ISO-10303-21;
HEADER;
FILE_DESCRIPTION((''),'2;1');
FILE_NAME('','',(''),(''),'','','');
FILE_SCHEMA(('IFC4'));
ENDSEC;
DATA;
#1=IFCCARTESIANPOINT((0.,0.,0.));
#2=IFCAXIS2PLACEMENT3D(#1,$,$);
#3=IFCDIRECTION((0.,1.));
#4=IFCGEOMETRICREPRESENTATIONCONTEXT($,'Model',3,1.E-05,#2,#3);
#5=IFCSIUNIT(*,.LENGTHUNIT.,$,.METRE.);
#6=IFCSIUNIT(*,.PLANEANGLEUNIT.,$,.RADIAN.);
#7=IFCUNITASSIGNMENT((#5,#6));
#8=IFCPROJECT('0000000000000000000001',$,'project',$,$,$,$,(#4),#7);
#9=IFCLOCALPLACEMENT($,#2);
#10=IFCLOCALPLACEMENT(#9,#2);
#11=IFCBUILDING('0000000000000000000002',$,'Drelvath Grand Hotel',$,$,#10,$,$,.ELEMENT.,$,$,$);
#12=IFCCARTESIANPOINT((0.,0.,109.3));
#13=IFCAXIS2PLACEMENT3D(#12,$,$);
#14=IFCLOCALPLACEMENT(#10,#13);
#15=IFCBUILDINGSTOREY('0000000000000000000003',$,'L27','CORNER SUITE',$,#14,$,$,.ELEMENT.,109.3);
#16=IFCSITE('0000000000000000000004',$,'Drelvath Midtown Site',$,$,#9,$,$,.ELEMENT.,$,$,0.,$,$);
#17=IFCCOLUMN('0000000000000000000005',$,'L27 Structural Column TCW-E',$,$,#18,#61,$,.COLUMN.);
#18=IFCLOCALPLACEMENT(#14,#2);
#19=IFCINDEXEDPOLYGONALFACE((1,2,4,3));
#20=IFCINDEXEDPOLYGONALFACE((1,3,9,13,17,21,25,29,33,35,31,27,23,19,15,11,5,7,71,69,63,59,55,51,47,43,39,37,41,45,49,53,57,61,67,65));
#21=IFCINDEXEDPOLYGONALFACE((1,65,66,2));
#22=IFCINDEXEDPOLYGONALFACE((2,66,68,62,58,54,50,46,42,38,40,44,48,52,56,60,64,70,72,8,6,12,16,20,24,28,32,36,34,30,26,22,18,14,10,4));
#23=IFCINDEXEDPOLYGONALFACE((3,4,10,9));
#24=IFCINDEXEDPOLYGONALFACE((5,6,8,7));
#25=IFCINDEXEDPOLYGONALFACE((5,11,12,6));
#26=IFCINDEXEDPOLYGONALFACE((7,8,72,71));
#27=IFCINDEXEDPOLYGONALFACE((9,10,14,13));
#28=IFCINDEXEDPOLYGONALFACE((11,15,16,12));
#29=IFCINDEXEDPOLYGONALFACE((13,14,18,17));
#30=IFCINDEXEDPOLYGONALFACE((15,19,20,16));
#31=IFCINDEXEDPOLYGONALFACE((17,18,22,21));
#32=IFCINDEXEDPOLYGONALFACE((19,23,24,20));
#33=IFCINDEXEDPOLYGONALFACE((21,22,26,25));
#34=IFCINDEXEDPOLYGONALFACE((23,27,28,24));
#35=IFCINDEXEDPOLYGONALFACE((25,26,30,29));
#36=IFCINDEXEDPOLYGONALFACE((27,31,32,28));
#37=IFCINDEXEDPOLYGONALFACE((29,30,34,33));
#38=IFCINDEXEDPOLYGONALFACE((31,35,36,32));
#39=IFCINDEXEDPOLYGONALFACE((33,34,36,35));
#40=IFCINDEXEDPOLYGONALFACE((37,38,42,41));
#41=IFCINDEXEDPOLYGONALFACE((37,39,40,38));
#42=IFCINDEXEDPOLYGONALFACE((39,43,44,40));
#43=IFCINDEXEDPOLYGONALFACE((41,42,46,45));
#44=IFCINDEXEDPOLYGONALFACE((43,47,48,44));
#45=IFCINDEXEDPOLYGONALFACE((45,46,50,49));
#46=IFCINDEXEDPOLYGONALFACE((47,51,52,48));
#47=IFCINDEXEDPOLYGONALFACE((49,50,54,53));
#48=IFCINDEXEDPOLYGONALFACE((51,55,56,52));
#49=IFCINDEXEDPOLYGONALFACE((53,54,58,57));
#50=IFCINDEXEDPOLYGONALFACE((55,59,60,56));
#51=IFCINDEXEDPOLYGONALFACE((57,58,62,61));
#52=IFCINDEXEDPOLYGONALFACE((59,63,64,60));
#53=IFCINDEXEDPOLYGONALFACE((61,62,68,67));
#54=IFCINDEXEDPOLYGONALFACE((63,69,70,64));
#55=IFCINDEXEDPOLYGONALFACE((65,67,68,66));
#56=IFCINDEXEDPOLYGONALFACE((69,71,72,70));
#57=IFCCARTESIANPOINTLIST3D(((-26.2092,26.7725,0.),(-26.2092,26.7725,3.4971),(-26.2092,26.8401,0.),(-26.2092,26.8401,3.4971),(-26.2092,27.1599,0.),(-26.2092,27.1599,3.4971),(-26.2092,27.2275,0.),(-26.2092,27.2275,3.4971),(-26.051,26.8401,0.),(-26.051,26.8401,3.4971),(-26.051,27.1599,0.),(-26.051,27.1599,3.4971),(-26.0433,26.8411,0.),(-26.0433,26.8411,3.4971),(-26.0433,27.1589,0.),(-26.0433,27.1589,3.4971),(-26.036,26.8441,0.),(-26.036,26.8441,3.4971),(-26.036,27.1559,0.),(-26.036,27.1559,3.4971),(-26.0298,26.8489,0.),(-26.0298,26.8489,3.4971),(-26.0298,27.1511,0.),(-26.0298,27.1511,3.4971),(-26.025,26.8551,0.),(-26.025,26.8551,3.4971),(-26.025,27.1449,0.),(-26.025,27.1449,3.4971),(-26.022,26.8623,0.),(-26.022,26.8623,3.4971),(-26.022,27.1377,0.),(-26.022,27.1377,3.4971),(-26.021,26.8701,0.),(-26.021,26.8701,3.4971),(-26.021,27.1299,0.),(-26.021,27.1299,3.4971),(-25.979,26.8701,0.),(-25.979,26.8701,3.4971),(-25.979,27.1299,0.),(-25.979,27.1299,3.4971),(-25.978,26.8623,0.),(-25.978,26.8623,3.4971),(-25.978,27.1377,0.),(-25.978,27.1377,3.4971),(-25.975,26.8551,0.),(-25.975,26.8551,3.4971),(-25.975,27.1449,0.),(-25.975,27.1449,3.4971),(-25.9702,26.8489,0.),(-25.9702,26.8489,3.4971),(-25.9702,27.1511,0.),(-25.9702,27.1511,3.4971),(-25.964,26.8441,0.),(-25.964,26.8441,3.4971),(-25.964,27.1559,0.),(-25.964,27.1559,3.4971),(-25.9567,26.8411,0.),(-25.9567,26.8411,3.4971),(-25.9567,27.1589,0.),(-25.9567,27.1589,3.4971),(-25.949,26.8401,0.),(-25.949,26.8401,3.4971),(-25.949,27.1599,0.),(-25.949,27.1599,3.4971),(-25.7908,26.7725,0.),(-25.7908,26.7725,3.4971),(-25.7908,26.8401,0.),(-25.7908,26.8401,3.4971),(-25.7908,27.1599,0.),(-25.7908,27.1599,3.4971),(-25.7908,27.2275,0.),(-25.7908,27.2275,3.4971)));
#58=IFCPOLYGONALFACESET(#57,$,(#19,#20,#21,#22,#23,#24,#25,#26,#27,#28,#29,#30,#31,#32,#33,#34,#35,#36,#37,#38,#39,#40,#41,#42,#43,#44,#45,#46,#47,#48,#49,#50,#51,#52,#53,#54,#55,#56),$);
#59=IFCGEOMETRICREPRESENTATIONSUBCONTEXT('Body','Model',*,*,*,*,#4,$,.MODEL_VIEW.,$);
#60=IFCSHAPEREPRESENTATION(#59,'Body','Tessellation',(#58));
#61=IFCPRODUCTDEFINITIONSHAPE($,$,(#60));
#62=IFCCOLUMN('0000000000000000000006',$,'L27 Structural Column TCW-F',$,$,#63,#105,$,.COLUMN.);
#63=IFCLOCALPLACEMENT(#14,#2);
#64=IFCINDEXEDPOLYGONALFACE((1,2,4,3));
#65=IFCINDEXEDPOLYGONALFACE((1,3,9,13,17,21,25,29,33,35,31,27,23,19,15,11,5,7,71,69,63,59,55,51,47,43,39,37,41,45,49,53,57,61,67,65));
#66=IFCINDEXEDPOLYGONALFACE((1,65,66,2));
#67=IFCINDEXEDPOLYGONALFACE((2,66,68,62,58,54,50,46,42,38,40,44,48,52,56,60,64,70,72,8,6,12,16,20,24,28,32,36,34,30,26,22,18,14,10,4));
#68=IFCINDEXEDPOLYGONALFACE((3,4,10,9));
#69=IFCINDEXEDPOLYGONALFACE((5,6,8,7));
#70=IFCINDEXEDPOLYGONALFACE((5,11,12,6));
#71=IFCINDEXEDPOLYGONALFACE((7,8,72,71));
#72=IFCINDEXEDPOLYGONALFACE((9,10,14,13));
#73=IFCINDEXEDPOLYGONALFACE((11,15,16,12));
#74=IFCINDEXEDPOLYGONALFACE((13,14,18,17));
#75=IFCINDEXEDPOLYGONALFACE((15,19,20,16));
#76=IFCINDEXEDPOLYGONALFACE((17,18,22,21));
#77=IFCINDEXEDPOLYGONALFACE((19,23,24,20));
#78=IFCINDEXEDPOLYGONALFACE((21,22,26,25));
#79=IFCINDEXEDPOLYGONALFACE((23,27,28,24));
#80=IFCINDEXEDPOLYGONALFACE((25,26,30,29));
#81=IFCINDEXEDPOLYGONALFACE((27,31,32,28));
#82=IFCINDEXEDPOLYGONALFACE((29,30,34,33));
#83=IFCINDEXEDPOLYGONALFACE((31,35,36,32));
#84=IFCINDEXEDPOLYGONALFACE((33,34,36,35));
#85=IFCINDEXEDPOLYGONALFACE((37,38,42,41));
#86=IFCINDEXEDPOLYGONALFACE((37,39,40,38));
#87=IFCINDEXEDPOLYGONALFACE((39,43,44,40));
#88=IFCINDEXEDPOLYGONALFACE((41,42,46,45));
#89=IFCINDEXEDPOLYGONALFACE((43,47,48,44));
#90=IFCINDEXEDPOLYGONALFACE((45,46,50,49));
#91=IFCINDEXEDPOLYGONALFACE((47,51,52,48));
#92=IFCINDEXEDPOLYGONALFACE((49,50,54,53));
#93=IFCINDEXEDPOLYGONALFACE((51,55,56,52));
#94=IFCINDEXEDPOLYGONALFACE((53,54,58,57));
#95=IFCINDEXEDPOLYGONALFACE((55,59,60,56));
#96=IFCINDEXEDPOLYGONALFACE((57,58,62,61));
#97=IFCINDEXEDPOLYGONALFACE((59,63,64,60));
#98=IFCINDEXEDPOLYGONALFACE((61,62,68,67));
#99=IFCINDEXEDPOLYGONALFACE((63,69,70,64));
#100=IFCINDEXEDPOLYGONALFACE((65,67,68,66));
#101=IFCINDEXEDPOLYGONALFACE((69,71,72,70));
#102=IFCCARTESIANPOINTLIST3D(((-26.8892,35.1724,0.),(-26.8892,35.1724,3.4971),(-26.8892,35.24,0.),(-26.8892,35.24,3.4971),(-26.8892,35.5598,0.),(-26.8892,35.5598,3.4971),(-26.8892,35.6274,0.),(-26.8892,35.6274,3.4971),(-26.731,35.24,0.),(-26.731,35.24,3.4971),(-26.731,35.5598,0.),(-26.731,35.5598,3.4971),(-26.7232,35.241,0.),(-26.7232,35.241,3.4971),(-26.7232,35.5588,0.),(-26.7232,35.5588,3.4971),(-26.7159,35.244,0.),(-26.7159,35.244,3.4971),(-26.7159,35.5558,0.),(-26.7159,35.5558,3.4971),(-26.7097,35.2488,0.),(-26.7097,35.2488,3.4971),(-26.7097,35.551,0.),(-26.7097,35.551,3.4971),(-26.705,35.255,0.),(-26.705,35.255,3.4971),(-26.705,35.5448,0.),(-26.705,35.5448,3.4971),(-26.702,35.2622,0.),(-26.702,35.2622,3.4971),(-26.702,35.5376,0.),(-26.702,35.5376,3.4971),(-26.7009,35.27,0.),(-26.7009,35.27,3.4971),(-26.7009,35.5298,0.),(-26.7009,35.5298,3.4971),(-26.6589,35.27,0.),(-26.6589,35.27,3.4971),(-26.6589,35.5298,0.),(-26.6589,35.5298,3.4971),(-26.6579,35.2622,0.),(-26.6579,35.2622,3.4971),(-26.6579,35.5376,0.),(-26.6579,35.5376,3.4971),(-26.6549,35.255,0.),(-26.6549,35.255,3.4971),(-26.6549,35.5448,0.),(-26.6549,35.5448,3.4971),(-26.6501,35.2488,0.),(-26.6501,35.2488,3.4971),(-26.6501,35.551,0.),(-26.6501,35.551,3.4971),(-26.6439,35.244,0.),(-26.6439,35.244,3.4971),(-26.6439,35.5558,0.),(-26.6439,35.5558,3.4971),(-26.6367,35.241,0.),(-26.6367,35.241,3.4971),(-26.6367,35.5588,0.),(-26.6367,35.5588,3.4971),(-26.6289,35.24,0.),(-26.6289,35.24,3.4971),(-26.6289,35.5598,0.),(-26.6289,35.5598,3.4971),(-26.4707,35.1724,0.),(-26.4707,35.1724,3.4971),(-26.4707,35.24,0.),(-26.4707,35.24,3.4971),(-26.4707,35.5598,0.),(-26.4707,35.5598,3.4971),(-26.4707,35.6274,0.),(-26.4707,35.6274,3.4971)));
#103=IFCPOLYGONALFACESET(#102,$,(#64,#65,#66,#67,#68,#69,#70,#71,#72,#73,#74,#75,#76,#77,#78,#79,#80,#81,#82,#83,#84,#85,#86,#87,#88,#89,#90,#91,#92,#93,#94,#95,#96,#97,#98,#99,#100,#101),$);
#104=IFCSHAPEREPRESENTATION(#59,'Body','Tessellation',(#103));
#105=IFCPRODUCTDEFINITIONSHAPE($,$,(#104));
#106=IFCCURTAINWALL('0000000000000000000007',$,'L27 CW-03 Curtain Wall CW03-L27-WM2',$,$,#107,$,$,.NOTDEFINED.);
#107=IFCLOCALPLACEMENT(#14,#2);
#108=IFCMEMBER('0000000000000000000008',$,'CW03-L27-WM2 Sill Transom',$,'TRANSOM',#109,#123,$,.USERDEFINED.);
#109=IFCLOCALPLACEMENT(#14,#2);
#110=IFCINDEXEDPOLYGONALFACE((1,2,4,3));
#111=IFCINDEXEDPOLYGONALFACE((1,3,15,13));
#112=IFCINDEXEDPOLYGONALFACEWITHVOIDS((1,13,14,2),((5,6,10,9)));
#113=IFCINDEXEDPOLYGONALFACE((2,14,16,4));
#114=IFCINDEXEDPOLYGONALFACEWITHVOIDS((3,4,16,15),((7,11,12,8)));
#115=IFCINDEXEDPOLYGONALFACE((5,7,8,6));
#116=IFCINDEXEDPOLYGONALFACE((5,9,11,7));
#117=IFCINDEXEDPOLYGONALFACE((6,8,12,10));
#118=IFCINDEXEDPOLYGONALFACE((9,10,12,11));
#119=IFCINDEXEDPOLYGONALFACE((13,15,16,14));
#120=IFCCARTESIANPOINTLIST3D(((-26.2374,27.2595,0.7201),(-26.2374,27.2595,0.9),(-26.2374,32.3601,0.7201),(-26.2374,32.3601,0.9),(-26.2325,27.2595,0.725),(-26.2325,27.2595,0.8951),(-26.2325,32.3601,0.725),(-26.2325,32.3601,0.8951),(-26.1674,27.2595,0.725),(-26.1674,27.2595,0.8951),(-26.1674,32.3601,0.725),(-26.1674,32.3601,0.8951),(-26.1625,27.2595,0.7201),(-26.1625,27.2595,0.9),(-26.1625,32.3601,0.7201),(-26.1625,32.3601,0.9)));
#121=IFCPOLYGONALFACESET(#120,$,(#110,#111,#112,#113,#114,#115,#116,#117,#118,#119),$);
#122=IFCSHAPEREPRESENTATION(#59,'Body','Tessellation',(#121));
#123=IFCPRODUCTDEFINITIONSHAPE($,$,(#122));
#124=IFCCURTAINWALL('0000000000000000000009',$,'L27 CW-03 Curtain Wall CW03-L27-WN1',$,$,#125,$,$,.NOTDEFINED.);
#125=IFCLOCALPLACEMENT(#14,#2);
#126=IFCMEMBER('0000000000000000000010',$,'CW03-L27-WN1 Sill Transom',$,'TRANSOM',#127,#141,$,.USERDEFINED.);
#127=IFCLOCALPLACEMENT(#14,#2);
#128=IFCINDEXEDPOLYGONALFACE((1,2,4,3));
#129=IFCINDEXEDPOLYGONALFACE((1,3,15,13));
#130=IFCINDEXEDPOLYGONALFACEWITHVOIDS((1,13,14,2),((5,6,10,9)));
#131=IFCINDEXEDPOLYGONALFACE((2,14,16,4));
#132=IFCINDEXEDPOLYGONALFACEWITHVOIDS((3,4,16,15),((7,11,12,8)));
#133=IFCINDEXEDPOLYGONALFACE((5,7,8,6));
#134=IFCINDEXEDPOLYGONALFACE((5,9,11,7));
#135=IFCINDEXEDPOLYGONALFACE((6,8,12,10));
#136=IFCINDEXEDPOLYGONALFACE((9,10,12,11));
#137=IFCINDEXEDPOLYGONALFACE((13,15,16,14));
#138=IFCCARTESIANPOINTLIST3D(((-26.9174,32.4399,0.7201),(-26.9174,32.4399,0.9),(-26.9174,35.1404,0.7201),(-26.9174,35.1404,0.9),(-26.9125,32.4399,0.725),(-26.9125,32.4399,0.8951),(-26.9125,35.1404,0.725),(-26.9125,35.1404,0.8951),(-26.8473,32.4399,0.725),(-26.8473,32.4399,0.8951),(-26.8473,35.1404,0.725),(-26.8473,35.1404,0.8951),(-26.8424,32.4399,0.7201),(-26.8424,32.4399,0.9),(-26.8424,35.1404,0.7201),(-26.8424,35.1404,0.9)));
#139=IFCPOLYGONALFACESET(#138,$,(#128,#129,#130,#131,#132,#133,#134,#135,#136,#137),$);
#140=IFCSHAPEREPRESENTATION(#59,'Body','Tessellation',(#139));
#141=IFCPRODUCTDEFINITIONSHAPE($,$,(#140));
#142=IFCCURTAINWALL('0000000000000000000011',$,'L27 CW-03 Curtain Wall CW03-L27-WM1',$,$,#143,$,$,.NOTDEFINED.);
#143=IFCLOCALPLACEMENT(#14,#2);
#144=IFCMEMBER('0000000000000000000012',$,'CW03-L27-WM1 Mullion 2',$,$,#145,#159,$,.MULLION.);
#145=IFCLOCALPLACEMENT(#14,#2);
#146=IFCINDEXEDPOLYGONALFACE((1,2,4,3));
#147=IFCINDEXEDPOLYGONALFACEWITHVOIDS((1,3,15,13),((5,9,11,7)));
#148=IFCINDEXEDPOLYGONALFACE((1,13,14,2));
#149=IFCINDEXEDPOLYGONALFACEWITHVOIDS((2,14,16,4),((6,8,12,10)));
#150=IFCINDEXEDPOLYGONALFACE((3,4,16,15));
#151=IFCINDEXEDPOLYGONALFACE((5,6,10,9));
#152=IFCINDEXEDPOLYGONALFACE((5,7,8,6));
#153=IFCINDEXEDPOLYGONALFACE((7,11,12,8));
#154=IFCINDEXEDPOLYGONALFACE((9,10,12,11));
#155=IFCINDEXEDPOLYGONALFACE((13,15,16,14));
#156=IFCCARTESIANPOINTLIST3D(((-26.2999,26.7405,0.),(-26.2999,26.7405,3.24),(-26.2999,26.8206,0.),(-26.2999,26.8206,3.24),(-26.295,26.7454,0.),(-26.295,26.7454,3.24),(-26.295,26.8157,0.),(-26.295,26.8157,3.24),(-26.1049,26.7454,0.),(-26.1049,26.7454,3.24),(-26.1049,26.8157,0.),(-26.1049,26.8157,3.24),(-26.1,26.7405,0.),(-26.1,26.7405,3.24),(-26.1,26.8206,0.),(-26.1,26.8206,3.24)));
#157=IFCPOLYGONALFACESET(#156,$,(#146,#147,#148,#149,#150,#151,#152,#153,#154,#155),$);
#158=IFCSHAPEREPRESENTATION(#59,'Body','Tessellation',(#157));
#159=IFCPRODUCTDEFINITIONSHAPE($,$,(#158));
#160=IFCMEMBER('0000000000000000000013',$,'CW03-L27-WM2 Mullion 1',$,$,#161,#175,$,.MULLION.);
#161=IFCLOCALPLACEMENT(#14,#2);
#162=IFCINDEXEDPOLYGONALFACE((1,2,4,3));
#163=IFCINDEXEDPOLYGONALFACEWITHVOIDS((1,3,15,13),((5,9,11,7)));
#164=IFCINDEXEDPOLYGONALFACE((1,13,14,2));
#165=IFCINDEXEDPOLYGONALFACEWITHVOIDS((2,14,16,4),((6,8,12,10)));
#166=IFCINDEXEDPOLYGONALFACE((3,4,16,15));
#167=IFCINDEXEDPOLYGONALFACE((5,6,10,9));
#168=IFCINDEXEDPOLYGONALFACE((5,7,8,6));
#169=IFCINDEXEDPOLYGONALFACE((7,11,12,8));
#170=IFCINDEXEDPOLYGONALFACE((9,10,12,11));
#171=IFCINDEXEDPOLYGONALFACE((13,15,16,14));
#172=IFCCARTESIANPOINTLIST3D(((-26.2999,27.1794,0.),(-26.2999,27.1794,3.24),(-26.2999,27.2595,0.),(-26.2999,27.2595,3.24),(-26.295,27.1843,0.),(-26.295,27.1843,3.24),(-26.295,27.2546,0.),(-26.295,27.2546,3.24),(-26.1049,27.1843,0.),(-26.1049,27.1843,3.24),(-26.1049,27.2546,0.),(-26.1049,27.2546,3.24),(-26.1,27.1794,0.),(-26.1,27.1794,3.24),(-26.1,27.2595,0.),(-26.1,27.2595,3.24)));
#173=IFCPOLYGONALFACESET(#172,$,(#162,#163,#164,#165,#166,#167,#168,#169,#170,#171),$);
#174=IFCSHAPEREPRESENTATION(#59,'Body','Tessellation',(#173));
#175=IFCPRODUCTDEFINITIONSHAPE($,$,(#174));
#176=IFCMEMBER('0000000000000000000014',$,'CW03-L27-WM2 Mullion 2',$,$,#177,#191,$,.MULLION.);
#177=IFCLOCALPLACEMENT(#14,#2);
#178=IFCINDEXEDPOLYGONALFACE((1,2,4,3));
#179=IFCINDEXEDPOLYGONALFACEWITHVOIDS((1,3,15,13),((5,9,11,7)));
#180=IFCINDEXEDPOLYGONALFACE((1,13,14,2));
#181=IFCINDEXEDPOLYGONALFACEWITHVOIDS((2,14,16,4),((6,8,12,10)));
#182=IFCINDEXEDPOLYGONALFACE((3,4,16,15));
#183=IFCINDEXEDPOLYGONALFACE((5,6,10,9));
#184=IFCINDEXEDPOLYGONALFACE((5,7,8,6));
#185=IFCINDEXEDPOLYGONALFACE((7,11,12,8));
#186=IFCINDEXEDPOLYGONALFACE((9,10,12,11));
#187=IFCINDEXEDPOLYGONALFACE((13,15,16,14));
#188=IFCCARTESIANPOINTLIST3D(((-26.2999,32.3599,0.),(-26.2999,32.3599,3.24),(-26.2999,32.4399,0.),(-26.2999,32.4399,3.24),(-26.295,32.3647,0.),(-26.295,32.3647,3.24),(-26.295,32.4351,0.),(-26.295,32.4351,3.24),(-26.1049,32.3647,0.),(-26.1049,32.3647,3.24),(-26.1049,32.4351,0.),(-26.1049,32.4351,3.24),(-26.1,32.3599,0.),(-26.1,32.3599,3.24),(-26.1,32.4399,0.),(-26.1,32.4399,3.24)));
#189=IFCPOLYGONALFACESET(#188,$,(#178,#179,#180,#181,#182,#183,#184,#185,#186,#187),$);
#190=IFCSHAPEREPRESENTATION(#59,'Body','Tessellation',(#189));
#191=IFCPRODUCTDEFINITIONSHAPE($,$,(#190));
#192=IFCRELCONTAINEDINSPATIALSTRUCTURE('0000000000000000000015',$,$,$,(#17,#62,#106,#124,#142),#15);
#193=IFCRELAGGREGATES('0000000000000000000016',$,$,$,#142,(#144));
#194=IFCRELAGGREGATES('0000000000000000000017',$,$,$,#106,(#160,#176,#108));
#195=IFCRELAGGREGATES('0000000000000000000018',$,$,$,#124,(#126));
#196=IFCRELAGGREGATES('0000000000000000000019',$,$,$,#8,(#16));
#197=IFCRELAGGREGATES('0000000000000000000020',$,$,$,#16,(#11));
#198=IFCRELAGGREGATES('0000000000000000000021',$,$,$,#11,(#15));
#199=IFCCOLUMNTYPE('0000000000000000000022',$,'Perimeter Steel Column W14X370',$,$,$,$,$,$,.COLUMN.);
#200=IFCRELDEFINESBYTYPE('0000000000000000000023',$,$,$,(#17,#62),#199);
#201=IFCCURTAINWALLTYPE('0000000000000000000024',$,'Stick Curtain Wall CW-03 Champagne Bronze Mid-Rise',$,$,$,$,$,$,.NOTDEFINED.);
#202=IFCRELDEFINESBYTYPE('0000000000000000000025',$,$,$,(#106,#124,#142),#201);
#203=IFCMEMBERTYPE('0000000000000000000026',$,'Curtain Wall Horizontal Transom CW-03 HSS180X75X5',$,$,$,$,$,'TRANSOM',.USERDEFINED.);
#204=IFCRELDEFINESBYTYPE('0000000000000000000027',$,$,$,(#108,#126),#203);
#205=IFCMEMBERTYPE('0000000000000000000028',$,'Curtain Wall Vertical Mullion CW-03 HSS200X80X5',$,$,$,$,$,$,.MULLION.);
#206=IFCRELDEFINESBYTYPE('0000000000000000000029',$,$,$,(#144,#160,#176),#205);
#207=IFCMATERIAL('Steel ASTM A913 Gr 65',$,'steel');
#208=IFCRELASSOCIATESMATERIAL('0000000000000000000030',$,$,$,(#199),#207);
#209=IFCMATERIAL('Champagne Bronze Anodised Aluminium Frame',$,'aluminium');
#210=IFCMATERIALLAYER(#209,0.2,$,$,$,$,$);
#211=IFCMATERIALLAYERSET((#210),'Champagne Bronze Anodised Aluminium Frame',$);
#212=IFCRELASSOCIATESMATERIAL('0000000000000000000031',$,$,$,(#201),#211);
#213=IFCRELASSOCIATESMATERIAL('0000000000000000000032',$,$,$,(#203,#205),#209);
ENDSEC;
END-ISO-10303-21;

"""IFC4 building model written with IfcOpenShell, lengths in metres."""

from ifc_helpers import new_model, si_unit, direction, frame, origin, origin_2d, place, context, subcontext, project, spatial, hollow_rectangle, i_section, extrude, material, layer, layer_set, material_profile, profile_set, type_object, element, aggregate, save


model = new_model("IFC4")

# Units and contexts
model_context = context("Model", 3, precision=1e-05, world=origin(), true_north=direction((0.0, 1.0)))
body_context = subcontext(model_context, "Body", "Model", "MODEL_VIEW")
ifc_project = project(units=[si_unit("LENGTHUNIT", "METRE"), si_unit("PLANEANGLEUNIT", "RADIAN")], contexts=[model_context])

# Site, building, storey
site_placement = place(None, origin())
site = spatial("IfcSite", under=ifc_project, at=site_placement, Name="Drelvath Midtown Site", CompositionType="ELEMENT", RefElevation=0.0)
building_placement = place(site_placement, origin())
building = spatial("IfcBuilding", under=site, at=building_placement, Name="Drelvath Grand Hotel", CompositionType="ELEMENT")
storey_placement = place(building_placement, frame((0.0, 0.0, 109.3)))
storey = spatial("IfcBuildingStorey", under=building, at=storey_placement, Name="L27", Description="CORNER SUITE", CompositionType="ELEMENT", Elevation=109.3)

# Columns
ifc_material_1 = material(Name="Steel ASTM A913 Gr 65", Category="steel")
ifc_material_profile_1 = material_profile(ifc_material_1, i_section(OverallWidth=0.4185, OverallDepth=0.4551, WebThickness=0.042, FlangeThickness=0.0676, FilletRadius=0.03, at=origin_2d()), Name="W14X370")
ifc_profile_set_1 = profile_set([ifc_material_profile_1], Name="Steel ASTM A913 Gr 65")
column_type = type_object("IfcColumnType", Name="Perimeter Steel Column W14X370", PredefinedType="COLUMN", material=ifc_profile_set_1)
for number, where, z_axis, x_axis, name in (
    (1, (-26.0, 27.0, 0.0), (0.0, 0.0, 1.0), (1.0, 0.0, 0.0), "L27 Structural Column TCW-E"),
    (2, (-26.6799, 35.3999, 0.0), (0.0, 0.0, 1.0), (1.0, 0.0, 0.0), "L27 Structural Column TCW-F"),
):
    element("IfcColumn", number, at=place(storey_placement, frame(where, z_axis=z_axis, x_axis=x_axis)), inside=storey, type_object=column_type, Name=name, PredefinedType="COLUMN", context=body_context, shape_type="SweptSolid", body=[
        extrude(i_section(OverallWidth=0.4185, OverallDepth=0.4551, WebThickness=0.042, FlangeThickness=0.0676, FilletRadius=0.03, at=origin_2d()), origin(), (0.0, 0.0, 1.0), 3.4971),
    ])

# Curtain walls, members
ifc_material_2 = material(Name="Champagne Bronze Anodised Aluminium Frame", Category="aluminium")
ifc_layer_1 = layer(ifc_material_2, 0.2)
ifc_layer_set_1 = layer_set([ifc_layer_1], Name="Champagne Bronze Anodised Aluminium Frame")
curtain_wall_type = type_object("IfcCurtainWallType", Name="Stick Curtain Wall CW-03 Champagne Bronze Mid-Rise", PredefinedType="NOTDEFINED", material=ifc_layer_set_1)
curtain_wall_1_placement = place(storey_placement, origin())
curtain_wall_1 = element("IfcCurtainWall", 3, at=curtain_wall_1_placement, inside=storey, type_object=curtain_wall_type, Name="L27 CW-03 Curtain Wall CW03-L27-WM2", PredefinedType="NOTDEFINED")
ifc_material_profile_2 = material_profile(ifc_material_2, hollow_rectangle(XDim=0.075, YDim=0.1799, WallThickness=0.0049, at=origin_2d()), Name="HSS180X75X5")
ifc_profile_set_2 = profile_set([ifc_material_profile_2], Name="Champagne Bronze Anodised Aluminium Frame")
member_type_1 = type_object("IfcMemberType", Name="Curtain Wall Horizontal Transom CW-03 HSS180X75X5", ElementType="TRANSOM", PredefinedType="USERDEFINED", material=ifc_profile_set_2)
member_1_placement = place(storey_placement, frame((-26.2, 27.2595, 0.8101), z_axis=(0.0, 1.0, 0.0), x_axis=(-1.0, 0.0, 0.0)))
member_1 = element("IfcMember", 4, at=member_1_placement, type_object=member_type_1, Name="CW03-L27-WM2 Sill Transom", ObjectType="TRANSOM", PredefinedType="USERDEFINED", context=body_context, shape_type="SweptSolid", body=[
    extrude(hollow_rectangle(XDim=0.075, YDim=0.1799, WallThickness=0.0049, at=origin_2d()), origin(), (0.0, 0.0, 1.0), 5.1006),
])
curtain_wall_2_placement = place(storey_placement, origin())
curtain_wall_2 = element("IfcCurtainWall", 5, at=curtain_wall_2_placement, inside=storey, type_object=curtain_wall_type, Name="L27 CW-03 Curtain Wall CW03-L27-WN1", PredefinedType="NOTDEFINED")
member_2_placement = place(storey_placement, frame((-26.8799, 32.4399, 0.8101), z_axis=(0.0, 1.0, 0.0), x_axis=(-1.0, 0.0, 0.0)))
member_2 = element("IfcMember", 6, at=member_2_placement, type_object=member_type_1, Name="CW03-L27-WN1 Sill Transom", ObjectType="TRANSOM", PredefinedType="USERDEFINED", context=body_context, shape_type="SweptSolid", body=[
    extrude(hollow_rectangle(XDim=0.075, YDim=0.1799, WallThickness=0.0049, at=origin_2d()), origin(), (0.0, 0.0, 1.0), 2.7004),
])
curtain_wall_3_placement = place(storey_placement, origin())
curtain_wall_3 = element("IfcCurtainWall", 7, at=curtain_wall_3_placement, inside=storey, type_object=curtain_wall_type, Name="L27 CW-03 Curtain Wall CW03-L27-WM1", PredefinedType="NOTDEFINED")
ifc_material_profile_3 = material_profile(ifc_material_2, hollow_rectangle(XDim=0.0801, YDim=0.2, WallThickness=0.0049, at=origin_2d()), Name="HSS200X80X5")
ifc_profile_set_3 = profile_set([ifc_material_profile_3], Name="Champagne Bronze Anodised Aluminium Frame")
member_type_2 = type_object("IfcMemberType", Name="Curtain Wall Vertical Mullion CW-03 HSS200X80X5", PredefinedType="MULLION", material=ifc_profile_set_3)
member_3_placement = place(storey_placement, frame((-26.2, 26.7805, 0.0), z_axis=(0.0, 0.0, 1.0), x_axis=(0.0, 1.0, 0.0)))
member_3 = element("IfcMember", 8, at=member_3_placement, type_object=member_type_2, Name="CW03-L27-WM1 Mullion 2", PredefinedType="MULLION", context=body_context, shape_type="SweptSolid", body=[
    extrude(hollow_rectangle(XDim=0.0801, YDim=0.2, WallThickness=0.0049, at=origin_2d()), origin(), (0.0, 0.0, 1.0), 3.24),
])
aggregate(curtain_wall_3, [member_3])

# Members
member_4_placement = place(storey_placement, frame((-26.2, 27.2195, 0.0), z_axis=(0.0, 0.0, 1.0), x_axis=(0.0, 1.0, 0.0)))
member_4 = element("IfcMember", 9, at=member_4_placement, type_object=member_type_2, Name="CW03-L27-WM2 Mullion 1", PredefinedType="MULLION", context=body_context, shape_type="SweptSolid", body=[
    extrude(hollow_rectangle(XDim=0.0801, YDim=0.2, WallThickness=0.0049, at=origin_2d()), origin(), (0.0, 0.0, 1.0), 3.24),
])
member_5_placement = place(storey_placement, frame((-26.2, 32.3999, 0.0), z_axis=(0.0, 0.0, 1.0), x_axis=(0.0, 1.0, 0.0)))
member_5 = element("IfcMember", 10, at=member_5_placement, type_object=member_type_2, Name="CW03-L27-WM2 Mullion 2", PredefinedType="MULLION", context=body_context, shape_type="SweptSolid", body=[
    extrude(hollow_rectangle(XDim=0.0801, YDim=0.2, WallThickness=0.0049, at=origin_2d()), origin(), (0.0, 0.0, 1.0), 3.24),
])

aggregate(curtain_wall_1, [member_4, member_5, member_1])
aggregate(curtain_wall_2, [member_2])

save(model, "model.ifc")
